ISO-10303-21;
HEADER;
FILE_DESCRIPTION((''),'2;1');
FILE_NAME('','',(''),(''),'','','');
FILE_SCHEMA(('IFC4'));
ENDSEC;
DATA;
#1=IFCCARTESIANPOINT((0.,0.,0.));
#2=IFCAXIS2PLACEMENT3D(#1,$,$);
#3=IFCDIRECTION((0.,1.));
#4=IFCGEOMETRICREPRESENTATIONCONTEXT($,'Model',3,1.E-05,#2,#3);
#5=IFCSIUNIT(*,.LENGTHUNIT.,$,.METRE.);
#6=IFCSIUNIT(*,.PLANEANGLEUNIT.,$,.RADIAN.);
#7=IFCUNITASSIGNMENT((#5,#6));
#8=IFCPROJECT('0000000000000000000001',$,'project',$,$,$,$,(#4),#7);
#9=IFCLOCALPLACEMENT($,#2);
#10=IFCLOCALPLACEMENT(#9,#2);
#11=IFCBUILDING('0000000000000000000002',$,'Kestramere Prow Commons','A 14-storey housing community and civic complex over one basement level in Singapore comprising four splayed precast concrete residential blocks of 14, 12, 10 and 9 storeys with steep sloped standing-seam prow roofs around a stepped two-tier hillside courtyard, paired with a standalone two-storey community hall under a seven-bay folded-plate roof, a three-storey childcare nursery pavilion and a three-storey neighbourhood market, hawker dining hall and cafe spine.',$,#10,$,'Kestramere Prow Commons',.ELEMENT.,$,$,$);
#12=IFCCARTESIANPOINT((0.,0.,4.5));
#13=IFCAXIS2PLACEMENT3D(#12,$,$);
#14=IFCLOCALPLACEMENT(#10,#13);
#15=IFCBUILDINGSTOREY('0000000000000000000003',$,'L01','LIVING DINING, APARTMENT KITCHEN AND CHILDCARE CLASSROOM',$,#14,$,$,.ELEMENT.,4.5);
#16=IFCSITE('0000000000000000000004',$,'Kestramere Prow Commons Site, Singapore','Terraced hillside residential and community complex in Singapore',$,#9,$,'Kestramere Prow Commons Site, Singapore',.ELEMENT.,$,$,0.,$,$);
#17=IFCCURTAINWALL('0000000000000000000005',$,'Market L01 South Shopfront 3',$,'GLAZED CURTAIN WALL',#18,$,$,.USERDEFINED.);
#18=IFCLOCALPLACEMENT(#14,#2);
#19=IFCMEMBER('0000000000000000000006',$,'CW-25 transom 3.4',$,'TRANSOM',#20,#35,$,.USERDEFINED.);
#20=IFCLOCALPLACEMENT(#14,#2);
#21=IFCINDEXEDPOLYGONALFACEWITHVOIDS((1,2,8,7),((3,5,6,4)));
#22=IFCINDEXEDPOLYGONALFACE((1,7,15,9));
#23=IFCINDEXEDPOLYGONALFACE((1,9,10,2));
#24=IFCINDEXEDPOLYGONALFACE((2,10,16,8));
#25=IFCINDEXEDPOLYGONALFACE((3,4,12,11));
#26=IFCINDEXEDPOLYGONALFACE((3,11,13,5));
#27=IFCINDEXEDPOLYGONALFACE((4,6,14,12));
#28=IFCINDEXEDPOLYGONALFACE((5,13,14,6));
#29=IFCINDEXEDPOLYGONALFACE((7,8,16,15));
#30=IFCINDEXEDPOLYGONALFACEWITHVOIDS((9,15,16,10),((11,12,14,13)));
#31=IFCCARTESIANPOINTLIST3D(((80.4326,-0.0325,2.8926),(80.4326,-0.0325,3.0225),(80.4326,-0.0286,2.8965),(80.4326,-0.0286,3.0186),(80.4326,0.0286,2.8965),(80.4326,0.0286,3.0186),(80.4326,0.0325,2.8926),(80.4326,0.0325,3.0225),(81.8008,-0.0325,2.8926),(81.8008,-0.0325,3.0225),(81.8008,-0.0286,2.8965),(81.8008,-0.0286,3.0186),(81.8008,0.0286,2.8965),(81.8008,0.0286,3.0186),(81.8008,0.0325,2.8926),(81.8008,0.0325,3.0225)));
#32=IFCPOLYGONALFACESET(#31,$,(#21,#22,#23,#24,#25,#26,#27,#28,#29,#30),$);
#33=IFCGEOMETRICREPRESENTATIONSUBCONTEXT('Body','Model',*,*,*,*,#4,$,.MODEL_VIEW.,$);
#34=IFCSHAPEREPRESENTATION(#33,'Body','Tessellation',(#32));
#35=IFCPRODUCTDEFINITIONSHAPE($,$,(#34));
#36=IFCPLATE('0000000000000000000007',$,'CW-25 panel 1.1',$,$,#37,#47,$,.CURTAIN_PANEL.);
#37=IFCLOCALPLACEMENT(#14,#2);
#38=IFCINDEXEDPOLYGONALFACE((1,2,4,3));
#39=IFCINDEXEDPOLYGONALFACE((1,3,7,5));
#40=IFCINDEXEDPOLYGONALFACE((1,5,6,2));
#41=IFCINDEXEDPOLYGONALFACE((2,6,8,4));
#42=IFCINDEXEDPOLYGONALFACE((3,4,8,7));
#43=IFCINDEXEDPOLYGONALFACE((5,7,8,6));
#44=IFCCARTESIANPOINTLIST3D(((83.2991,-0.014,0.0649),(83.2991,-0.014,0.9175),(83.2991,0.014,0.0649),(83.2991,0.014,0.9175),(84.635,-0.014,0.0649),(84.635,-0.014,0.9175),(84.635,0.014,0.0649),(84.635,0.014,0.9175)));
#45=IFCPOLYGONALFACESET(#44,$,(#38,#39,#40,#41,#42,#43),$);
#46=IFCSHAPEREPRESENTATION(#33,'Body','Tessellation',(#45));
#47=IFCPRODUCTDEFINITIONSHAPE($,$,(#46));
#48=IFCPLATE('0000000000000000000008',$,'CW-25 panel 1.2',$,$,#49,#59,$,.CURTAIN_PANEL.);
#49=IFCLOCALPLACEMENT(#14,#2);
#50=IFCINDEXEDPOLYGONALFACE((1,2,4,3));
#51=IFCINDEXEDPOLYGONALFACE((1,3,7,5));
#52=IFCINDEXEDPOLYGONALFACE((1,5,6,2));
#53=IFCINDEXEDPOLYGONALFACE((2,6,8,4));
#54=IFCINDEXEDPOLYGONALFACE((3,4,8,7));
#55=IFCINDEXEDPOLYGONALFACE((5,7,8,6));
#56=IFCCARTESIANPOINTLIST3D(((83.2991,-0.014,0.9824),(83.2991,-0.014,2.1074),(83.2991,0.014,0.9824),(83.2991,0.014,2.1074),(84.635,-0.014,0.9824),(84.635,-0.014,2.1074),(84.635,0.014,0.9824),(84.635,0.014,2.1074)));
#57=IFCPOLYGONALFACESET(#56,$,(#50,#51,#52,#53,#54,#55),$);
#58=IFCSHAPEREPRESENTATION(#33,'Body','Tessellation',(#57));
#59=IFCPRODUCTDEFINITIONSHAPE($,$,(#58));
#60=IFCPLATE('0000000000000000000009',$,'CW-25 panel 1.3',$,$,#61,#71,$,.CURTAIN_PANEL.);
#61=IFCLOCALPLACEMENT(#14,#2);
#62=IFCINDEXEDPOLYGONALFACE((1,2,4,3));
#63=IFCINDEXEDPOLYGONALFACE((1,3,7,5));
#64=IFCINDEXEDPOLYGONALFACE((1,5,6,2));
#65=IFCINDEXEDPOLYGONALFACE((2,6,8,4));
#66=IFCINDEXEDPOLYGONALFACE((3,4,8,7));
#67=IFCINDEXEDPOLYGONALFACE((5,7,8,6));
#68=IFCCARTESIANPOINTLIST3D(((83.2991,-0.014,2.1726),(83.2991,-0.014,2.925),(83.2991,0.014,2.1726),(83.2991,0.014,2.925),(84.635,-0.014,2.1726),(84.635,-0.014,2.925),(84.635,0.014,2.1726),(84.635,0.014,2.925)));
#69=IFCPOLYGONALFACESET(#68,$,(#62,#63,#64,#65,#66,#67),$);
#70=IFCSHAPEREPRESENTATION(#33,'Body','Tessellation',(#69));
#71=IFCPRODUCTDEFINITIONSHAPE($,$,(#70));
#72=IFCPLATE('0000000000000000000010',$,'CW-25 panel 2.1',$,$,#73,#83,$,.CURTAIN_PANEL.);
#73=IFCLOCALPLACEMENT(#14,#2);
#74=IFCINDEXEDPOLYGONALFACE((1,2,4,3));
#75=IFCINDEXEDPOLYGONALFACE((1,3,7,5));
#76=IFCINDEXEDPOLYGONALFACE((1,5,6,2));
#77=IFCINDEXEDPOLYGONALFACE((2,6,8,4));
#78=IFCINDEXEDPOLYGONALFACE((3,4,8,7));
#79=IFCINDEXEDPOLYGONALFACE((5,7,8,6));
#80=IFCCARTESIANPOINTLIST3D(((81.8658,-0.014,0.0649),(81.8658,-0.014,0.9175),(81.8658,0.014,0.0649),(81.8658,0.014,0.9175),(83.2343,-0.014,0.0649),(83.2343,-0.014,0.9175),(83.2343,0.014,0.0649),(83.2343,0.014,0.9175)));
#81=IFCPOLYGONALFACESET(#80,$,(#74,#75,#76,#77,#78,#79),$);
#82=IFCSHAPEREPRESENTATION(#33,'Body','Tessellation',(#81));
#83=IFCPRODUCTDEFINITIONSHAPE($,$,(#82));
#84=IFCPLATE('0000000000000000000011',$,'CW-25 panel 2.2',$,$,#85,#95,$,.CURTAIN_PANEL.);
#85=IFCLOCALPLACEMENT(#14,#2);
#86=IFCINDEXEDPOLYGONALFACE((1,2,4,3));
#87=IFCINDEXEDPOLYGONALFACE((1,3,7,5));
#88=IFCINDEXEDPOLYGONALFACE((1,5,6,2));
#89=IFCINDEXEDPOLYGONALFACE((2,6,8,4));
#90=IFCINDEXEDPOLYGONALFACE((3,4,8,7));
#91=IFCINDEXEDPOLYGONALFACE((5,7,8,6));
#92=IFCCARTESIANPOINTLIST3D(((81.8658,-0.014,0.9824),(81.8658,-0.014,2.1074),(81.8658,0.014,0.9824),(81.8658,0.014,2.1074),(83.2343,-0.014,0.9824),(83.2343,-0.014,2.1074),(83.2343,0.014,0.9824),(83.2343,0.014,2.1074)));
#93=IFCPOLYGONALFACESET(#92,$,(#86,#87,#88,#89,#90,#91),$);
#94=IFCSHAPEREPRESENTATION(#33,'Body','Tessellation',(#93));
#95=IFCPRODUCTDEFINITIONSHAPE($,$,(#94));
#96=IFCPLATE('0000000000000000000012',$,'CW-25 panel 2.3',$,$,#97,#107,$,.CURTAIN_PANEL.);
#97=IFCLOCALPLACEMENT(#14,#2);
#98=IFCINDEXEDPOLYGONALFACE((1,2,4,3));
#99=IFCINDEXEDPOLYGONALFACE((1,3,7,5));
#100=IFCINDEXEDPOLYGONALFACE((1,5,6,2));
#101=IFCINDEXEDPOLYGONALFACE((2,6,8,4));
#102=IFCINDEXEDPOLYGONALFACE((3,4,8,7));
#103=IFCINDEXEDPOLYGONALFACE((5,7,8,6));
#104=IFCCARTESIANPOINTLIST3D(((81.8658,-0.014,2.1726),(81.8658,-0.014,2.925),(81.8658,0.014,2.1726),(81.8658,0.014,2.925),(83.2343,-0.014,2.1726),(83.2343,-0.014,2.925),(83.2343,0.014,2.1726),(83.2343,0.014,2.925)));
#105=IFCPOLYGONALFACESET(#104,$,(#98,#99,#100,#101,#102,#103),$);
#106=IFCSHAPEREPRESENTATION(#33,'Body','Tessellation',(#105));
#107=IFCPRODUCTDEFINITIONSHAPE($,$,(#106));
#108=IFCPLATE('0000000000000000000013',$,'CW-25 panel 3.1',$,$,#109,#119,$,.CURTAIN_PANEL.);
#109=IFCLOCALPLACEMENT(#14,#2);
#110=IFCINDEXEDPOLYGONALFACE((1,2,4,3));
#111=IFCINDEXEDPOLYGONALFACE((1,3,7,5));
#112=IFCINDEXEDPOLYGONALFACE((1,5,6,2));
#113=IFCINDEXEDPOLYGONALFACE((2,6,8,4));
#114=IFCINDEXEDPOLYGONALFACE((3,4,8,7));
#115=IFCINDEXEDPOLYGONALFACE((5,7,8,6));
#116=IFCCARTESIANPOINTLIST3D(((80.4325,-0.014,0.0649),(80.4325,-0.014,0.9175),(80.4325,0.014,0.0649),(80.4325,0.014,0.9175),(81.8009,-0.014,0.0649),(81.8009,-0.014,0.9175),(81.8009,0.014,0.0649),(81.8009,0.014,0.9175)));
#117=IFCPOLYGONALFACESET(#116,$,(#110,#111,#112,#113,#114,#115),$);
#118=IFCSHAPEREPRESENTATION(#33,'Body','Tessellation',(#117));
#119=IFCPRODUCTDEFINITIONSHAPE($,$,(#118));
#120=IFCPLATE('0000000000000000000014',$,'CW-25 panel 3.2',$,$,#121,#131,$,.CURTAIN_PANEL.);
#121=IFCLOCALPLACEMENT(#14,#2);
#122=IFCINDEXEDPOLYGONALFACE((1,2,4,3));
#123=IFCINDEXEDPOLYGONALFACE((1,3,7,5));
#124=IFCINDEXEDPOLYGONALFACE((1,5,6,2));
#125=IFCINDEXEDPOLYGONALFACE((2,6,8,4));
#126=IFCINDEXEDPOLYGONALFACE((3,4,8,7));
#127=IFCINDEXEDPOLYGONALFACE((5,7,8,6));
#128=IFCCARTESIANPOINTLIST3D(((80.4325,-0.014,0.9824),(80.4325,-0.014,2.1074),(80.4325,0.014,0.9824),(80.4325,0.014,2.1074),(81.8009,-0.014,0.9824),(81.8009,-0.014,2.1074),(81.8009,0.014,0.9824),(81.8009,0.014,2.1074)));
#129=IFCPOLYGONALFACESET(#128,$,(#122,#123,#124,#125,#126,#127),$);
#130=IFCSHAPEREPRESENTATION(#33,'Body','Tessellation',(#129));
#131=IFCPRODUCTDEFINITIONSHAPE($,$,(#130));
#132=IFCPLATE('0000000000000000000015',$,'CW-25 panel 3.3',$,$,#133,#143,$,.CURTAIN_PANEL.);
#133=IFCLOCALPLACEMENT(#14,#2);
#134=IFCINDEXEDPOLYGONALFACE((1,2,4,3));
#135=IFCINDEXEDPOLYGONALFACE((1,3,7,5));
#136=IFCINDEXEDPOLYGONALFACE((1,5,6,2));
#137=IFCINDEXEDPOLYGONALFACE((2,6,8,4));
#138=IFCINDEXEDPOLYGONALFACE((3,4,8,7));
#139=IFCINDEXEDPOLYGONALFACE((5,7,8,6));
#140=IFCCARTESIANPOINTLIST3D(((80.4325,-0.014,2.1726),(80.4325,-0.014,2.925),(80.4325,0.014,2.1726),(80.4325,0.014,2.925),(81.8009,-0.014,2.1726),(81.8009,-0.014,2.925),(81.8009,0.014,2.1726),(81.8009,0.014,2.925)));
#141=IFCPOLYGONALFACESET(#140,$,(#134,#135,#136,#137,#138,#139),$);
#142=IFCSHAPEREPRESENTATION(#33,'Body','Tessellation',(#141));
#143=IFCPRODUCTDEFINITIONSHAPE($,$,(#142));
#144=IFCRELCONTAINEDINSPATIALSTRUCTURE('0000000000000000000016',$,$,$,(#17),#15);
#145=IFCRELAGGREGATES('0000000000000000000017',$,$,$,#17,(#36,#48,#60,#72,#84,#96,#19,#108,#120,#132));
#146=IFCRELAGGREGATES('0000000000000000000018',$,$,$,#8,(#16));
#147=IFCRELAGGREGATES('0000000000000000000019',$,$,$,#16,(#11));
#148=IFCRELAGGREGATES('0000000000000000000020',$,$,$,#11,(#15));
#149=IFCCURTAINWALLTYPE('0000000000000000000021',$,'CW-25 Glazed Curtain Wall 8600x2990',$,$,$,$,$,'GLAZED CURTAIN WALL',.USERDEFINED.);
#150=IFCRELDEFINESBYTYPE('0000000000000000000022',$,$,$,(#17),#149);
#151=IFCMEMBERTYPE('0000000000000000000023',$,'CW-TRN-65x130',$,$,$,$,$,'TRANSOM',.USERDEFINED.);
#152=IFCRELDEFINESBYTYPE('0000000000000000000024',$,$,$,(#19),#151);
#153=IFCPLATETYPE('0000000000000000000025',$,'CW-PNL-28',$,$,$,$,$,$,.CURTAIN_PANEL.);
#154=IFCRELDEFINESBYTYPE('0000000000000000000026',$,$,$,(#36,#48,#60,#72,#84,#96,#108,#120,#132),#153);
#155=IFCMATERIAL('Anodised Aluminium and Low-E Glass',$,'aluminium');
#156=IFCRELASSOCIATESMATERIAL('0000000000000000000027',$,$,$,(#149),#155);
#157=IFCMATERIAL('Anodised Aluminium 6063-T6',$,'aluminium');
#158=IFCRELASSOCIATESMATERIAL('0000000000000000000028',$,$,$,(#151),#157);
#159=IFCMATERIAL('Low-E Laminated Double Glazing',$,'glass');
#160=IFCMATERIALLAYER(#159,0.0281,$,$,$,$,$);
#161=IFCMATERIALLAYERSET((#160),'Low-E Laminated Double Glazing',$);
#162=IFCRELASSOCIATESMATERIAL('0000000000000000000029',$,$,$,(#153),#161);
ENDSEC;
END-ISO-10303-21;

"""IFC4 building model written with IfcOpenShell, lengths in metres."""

from ifc_helpers import new_model, si_unit, direction, frame, origin, origin_2d, place, context, subcontext, project, spatial, rectangle, hollow_rectangle, extrude, material, layer, layer_set, material_profile, profile_set, type_object, element, aggregate, save


model = new_model("IFC4")

# Units and contexts
model_context = context("Model", 3, precision=1e-05, world=origin(), true_north=direction((0.0, 1.0)))
body_context = subcontext(model_context, "Body", "Model", "MODEL_VIEW")
ifc_project = project(units=[si_unit("LENGTHUNIT", "METRE"), si_unit("PLANEANGLEUNIT", "RADIAN")], contexts=[model_context])

# Site, building, storey
site_placement = place(None, origin())
site = spatial("IfcSite", under=ifc_project, at=site_placement, Name="Kestramere Prow Commons Site, Singapore", Description="Terraced hillside residential and community complex in Singapore", LongName="Kestramere Prow Commons Site, Singapore", CompositionType="ELEMENT", RefElevation=0.0)
building_placement = place(site_placement, origin())
building = spatial("IfcBuilding", under=site, at=building_placement, Name="Kestramere Prow Commons", Description="A 14-storey housing community and civic complex over one basement level in Singapore comprising four splayed precast concrete residential blocks of 14, 12, 10 and 9 storeys with steep sloped standing-seam prow roofs around a stepped two-tier hillside courtyard, paired with a standalone two-storey community hall under a seven-bay folded-plate roof, a three-storey childcare nursery pavilion and a three-storey neighbourhood market, hawker dining hall and cafe spine.", LongName="Kestramere Prow Commons", CompositionType="ELEMENT")
storey_placement = place(building_placement, frame((0.0, 0.0, 4.5)))
storey = spatial("IfcBuildingStorey", under=building, at=storey_placement, Name="L01", Description="LIVING DINING, APARTMENT KITCHEN AND CHILDCARE CLASSROOM", CompositionType="ELEMENT", Elevation=4.5)

# Curtain wall, member, plates
ifc_material_1 = material(Name="Anodised Aluminium and Low-E Glass", Category="aluminium")
curtain_wall_type = type_object("IfcCurtainWallType", Name="CW-25 Glazed Curtain Wall 8600x2990", ElementType="GLAZED CURTAIN WALL", PredefinedType="USERDEFINED", material=ifc_material_1)
curtain_wall_placement = place(storey_placement, origin())
curtain_wall = element("IfcCurtainWall", 1, at=curtain_wall_placement, inside=storey, type_object=curtain_wall_type, Name="Market L01 South Shopfront 3", ObjectType="GLAZED CURTAIN WALL", PredefinedType="USERDEFINED")
ifc_material_2 = material(Name="Anodised Aluminium 6063-T6", Category="aluminium")
ifc_material_profile_1 = material_profile(ifc_material_2, hollow_rectangle(XDim=0.0649, YDim=0.1299, WallThickness=0.0039, at=origin_2d()), Name="ALU-TRN 65x130")
ifc_profile_set_1 = profile_set([ifc_material_profile_1], Name="Anodised Aluminium 6063-T6")
member_type_1 = type_object("IfcMemberType", Name="CW-TRN-65x130", ElementType="TRANSOM", PredefinedType="USERDEFINED", material=ifc_profile_set_1)
member_1_placement = place(storey_placement, frame((81.8008, 0.0, 2.9575), z_axis=(-1.0, 0.0, 0.0), x_axis=(0.0, -1.0, 0.0)))
member_1 = element("IfcMember", 2, at=member_1_placement, type_object=member_type_1, Name="CW-25 transom 3.4", ObjectType="TRANSOM", PredefinedType="USERDEFINED", context=body_context, shape_type="SweptSolid", body=[
    extrude(hollow_rectangle(XDim=0.0649, YDim=0.1299, WallThickness=0.0039, at=origin_2d()), origin(), (0.0, 0.0, 1.0), 1.3682),
])
ifc_material_3 = material(Name="Low-E Laminated Double Glazing", Category="glass")
ifc_layer = layer(ifc_material_3, 0.0281)
ifc_layer_set = layer_set([ifc_layer], Name="Low-E Laminated Double Glazing")
plate_type = type_object("IfcPlateType", Name="CW-PNL-28", PredefinedType="CURTAIN_PANEL", material=ifc_layer_set)
plate_1_placement = place(storey_placement, frame((83.967, 0.0, 0.0649), z_axis=(0.0, 0.0, 1.0), x_axis=(-1.0, 0.0, 0.0)))
plate_1 = element("IfcPlate", 3, at=plate_1_placement, type_object=plate_type, Name="CW-25 panel 1.1", PredefinedType="CURTAIN_PANEL", context=body_context, shape_type="SweptSolid", body=[
    extrude(rectangle(XDim=1.3359, YDim=0.0281, at=origin_2d()), origin(), (0.0, 0.0, 1.0), 0.8525),
])
plate_2_placement = place(storey_placement, frame((83.967, 0.0, 0.9824), z_axis=(0.0, 0.0, 1.0), x_axis=(-1.0, 0.0, 0.0)))
plate_2 = element("IfcPlate", 4, at=plate_2_placement, type_object=plate_type, Name="CW-25 panel 1.2", PredefinedType="CURTAIN_PANEL", context=body_context, shape_type="SweptSolid", body=[
    extrude(rectangle(XDim=1.3359, YDim=0.0281, at=origin_2d()), origin(), (0.0, 0.0, 1.0), 1.125),
])
plate_3_placement = place(storey_placement, frame((83.967, 0.0, 2.1726), z_axis=(0.0, 0.0, 1.0), x_axis=(-1.0, 0.0, 0.0)))
plate_3 = element("IfcPlate", 5, at=plate_3_placement, type_object=plate_type, Name="CW-25 panel 1.3", PredefinedType="CURTAIN_PANEL", context=body_context, shape_type="SweptSolid", body=[
    extrude(rectangle(XDim=1.3359, YDim=0.0281, at=origin_2d()), origin(), (0.0, 0.0, 1.0), 0.7524),
])
plate_4_placement = place(storey_placement, frame((82.55, 0.0, 0.0649), z_axis=(0.0, 0.0, 1.0), x_axis=(-1.0, 0.0, 0.0)))
plate_4 = element("IfcPlate", 6, at=plate_4_placement, type_object=plate_type, Name="CW-25 panel 2.1", PredefinedType="CURTAIN_PANEL", context=body_context, shape_type="SweptSolid", body=[
    extrude(rectangle(XDim=1.3684, YDim=0.0281, at=origin_2d()), origin(), (0.0, 0.0, 1.0), 0.8525),
])
plate_5_placement = place(storey_placement, frame((82.55, 0.0, 0.9824), z_axis=(0.0, 0.0, 1.0), x_axis=(-1.0, 0.0, 0.0)))
plate_5 = element("IfcPlate", 7, at=plate_5_placement, type_object=plate_type, Name="CW-25 panel 2.2", PredefinedType="CURTAIN_PANEL", context=body_context, shape_type="SweptSolid", body=[
    extrude(rectangle(XDim=1.3684, YDim=0.0281, at=origin_2d()), origin(), (0.0, 0.0, 1.0), 1.125),
])
plate_6_placement = place(storey_placement, frame((82.55, 0.0, 2.1726), z_axis=(0.0, 0.0, 1.0), x_axis=(-1.0, 0.0, 0.0)))
plate_6 = element("IfcPlate", 8, at=plate_6_placement, type_object=plate_type, Name="CW-25 panel 2.3", PredefinedType="CURTAIN_PANEL", context=body_context, shape_type="SweptSolid", body=[
    extrude(rectangle(XDim=1.3684, YDim=0.0281, at=origin_2d()), origin(), (0.0, 0.0, 1.0), 0.7524),
])
plate_7_placement = place(storey_placement, frame((81.1167, 0.0, 0.0649), z_axis=(0.0, 0.0, 1.0), x_axis=(-1.0, 0.0, 0.0)))
plate_7 = element("IfcPlate", 9, at=plate_7_placement, type_object=plate_type, Name="CW-25 panel 3.1", PredefinedType="CURTAIN_PANEL", context=body_context, shape_type="SweptSolid", body=[
    extrude(rectangle(XDim=1.3684, YDim=0.0281, at=origin_2d()), origin(), (0.0, 0.0, 1.0), 0.8525),
])
plate_8_placement = place(storey_placement, frame((81.1167, 0.0, 0.9824), z_axis=(0.0, 0.0, 1.0), x_axis=(-1.0, 0.0, 0.0)))
plate_8 = element("IfcPlate", 10, at=plate_8_placement, type_object=plate_type, Name="CW-25 panel 3.2", PredefinedType="CURTAIN_PANEL", context=body_context, shape_type="SweptSolid", body=[
    extrude(rectangle(XDim=1.3684, YDim=0.0281, at=origin_2d()), origin(), (0.0, 0.0, 1.0), 1.125),
])
plate_9_placement = place(storey_placement, frame((81.1167, 0.0, 2.1726), z_axis=(0.0, 0.0, 1.0), x_axis=(-1.0, 0.0, 0.0)))
plate_9 = element("IfcPlate", 11, at=plate_9_placement, type_object=plate_type, Name="CW-25 panel 3.3", PredefinedType="CURTAIN_PANEL", context=body_context, shape_type="SweptSolid", body=[
    extrude(rectangle(XDim=1.3684, YDim=0.0281, at=origin_2d()), origin(), (0.0, 0.0, 1.0), 0.7524),
])
aggregate(curtain_wall, [plate_1, plate_2, plate_3, plate_4, plate_5, plate_6, member_1, plate_7, plate_8, plate_9])

save(model, "model.ifc")
